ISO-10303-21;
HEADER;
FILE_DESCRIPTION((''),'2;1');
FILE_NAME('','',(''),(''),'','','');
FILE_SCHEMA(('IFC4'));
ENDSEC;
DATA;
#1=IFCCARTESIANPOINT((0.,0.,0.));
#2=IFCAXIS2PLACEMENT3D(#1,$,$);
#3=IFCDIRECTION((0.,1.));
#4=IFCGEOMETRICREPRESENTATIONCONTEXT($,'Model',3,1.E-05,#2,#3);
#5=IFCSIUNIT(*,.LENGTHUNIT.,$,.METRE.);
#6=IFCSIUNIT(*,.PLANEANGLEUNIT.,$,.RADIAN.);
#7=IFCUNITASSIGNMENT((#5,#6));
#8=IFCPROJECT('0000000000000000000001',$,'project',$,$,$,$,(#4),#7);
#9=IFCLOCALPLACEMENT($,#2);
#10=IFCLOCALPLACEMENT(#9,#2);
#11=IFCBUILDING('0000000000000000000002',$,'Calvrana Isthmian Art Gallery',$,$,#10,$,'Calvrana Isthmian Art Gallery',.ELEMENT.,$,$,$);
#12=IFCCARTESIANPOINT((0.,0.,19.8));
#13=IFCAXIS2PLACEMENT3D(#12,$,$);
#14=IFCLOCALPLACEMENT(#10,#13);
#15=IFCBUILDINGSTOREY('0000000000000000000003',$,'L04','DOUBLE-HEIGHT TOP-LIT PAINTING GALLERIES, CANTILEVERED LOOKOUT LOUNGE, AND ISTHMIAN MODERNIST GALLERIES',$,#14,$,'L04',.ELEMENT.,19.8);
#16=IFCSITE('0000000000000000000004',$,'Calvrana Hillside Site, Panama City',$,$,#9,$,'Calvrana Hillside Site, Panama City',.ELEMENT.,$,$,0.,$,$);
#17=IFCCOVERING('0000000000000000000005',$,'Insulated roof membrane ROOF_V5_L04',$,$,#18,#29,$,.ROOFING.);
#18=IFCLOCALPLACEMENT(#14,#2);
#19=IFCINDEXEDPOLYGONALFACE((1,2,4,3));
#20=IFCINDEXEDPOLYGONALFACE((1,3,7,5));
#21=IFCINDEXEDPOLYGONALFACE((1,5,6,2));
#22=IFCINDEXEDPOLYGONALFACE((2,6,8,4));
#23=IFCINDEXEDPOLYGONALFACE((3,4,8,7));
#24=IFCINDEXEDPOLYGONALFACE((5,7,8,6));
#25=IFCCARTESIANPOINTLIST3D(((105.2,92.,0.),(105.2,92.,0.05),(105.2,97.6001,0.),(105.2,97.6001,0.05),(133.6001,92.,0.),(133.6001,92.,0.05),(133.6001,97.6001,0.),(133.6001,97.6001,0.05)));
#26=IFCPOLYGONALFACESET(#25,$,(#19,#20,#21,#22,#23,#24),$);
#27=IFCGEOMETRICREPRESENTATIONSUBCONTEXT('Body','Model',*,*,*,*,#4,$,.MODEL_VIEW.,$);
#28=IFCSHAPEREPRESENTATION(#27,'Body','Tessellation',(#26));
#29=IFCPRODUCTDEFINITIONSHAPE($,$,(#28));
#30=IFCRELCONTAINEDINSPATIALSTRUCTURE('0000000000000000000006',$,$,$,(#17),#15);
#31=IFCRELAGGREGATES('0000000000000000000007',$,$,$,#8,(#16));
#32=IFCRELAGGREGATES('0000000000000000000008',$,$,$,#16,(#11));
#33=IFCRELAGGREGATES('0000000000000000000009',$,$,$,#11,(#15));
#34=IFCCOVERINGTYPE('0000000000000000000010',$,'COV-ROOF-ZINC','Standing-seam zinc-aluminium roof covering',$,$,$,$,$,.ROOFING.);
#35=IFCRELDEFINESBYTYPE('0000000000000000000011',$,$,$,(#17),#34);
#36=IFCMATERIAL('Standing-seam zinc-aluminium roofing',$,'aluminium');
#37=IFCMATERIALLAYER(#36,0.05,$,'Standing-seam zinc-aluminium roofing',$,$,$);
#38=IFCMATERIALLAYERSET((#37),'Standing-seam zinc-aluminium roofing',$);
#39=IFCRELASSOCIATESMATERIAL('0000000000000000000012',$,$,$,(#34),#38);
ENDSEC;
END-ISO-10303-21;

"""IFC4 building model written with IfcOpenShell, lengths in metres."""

from ifc_helpers import new_model, si_unit, direction, frame, origin, place, context, subcontext, project, spatial, polyline, outline, extrude, material, layer, layer_set, type_object, element, save


model = new_model("IFC4")

# Units and contexts
model_context = context("Model", 3, precision=1e-05, world=origin(), true_north=direction((0.0, 1.0)))
body_context = subcontext(model_context, "Body", "Model", "MODEL_VIEW")
ifc_project = project(units=[si_unit("LENGTHUNIT", "METRE"), si_unit("PLANEANGLEUNIT", "RADIAN")], contexts=[model_context])

# Site, building, storey
site_placement = place(None, origin())
site = spatial("IfcSite", under=ifc_project, at=site_placement, Name="Calvrana Hillside Site, Panama City", LongName="Calvrana Hillside Site, Panama City", CompositionType="ELEMENT", RefElevation=0.0)
building_placement = place(site_placement, origin())
building = spatial("IfcBuilding", under=site, at=building_placement, Name="Calvrana Isthmian Art Gallery", LongName="Calvrana Isthmian Art Gallery", CompositionType="ELEMENT")
storey_placement = place(building_placement, frame((0.0, 0.0, 19.8)))
storey = spatial("IfcBuildingStorey", under=building, at=storey_placement, Name="L04", Description="DOUBLE-HEIGHT TOP-LIT PAINTING GALLERIES, CANTILEVERED LOOKOUT LOUNGE, AND ISTHMIAN MODERNIST GALLERIES", LongName="L04", CompositionType="ELEMENT", Elevation=19.8)

# Covering
ifc_material_1 = material(Name="Standing-seam zinc-aluminium roofing", Category="aluminium")
ifc_layer_1 = layer(ifc_material_1, 0.05, Name="Standing-seam zinc-aluminium roofing")
ifc_layer_set_1 = layer_set([ifc_layer_1], Name="Standing-seam zinc-aluminium roofing")
covering_type_1 = type_object("IfcCoveringType", Name="COV-ROOF-ZINC", Description="Standing-seam zinc-aluminium roof covering", PredefinedType="ROOFING", material=ifc_layer_set_1)
covering_1_placement = place(storey_placement, origin())
element("IfcCovering", 1, at=covering_1_placement, inside=storey, type_object=covering_type_1, Name="Insulated roof membrane ROOF_V5_L04", PredefinedType="ROOFING", context=body_context, shape_type="SweptSolid", body=[
    extrude(outline(polyline([(105.2, 92.0), (133.6001, 92.0), (133.6001, 97.6001), (105.2, 97.6001), (105.2, 92.0)])), origin(), (0.0, 0.0, 1.0), 0.05),
])

save(model, "model.ifc")
